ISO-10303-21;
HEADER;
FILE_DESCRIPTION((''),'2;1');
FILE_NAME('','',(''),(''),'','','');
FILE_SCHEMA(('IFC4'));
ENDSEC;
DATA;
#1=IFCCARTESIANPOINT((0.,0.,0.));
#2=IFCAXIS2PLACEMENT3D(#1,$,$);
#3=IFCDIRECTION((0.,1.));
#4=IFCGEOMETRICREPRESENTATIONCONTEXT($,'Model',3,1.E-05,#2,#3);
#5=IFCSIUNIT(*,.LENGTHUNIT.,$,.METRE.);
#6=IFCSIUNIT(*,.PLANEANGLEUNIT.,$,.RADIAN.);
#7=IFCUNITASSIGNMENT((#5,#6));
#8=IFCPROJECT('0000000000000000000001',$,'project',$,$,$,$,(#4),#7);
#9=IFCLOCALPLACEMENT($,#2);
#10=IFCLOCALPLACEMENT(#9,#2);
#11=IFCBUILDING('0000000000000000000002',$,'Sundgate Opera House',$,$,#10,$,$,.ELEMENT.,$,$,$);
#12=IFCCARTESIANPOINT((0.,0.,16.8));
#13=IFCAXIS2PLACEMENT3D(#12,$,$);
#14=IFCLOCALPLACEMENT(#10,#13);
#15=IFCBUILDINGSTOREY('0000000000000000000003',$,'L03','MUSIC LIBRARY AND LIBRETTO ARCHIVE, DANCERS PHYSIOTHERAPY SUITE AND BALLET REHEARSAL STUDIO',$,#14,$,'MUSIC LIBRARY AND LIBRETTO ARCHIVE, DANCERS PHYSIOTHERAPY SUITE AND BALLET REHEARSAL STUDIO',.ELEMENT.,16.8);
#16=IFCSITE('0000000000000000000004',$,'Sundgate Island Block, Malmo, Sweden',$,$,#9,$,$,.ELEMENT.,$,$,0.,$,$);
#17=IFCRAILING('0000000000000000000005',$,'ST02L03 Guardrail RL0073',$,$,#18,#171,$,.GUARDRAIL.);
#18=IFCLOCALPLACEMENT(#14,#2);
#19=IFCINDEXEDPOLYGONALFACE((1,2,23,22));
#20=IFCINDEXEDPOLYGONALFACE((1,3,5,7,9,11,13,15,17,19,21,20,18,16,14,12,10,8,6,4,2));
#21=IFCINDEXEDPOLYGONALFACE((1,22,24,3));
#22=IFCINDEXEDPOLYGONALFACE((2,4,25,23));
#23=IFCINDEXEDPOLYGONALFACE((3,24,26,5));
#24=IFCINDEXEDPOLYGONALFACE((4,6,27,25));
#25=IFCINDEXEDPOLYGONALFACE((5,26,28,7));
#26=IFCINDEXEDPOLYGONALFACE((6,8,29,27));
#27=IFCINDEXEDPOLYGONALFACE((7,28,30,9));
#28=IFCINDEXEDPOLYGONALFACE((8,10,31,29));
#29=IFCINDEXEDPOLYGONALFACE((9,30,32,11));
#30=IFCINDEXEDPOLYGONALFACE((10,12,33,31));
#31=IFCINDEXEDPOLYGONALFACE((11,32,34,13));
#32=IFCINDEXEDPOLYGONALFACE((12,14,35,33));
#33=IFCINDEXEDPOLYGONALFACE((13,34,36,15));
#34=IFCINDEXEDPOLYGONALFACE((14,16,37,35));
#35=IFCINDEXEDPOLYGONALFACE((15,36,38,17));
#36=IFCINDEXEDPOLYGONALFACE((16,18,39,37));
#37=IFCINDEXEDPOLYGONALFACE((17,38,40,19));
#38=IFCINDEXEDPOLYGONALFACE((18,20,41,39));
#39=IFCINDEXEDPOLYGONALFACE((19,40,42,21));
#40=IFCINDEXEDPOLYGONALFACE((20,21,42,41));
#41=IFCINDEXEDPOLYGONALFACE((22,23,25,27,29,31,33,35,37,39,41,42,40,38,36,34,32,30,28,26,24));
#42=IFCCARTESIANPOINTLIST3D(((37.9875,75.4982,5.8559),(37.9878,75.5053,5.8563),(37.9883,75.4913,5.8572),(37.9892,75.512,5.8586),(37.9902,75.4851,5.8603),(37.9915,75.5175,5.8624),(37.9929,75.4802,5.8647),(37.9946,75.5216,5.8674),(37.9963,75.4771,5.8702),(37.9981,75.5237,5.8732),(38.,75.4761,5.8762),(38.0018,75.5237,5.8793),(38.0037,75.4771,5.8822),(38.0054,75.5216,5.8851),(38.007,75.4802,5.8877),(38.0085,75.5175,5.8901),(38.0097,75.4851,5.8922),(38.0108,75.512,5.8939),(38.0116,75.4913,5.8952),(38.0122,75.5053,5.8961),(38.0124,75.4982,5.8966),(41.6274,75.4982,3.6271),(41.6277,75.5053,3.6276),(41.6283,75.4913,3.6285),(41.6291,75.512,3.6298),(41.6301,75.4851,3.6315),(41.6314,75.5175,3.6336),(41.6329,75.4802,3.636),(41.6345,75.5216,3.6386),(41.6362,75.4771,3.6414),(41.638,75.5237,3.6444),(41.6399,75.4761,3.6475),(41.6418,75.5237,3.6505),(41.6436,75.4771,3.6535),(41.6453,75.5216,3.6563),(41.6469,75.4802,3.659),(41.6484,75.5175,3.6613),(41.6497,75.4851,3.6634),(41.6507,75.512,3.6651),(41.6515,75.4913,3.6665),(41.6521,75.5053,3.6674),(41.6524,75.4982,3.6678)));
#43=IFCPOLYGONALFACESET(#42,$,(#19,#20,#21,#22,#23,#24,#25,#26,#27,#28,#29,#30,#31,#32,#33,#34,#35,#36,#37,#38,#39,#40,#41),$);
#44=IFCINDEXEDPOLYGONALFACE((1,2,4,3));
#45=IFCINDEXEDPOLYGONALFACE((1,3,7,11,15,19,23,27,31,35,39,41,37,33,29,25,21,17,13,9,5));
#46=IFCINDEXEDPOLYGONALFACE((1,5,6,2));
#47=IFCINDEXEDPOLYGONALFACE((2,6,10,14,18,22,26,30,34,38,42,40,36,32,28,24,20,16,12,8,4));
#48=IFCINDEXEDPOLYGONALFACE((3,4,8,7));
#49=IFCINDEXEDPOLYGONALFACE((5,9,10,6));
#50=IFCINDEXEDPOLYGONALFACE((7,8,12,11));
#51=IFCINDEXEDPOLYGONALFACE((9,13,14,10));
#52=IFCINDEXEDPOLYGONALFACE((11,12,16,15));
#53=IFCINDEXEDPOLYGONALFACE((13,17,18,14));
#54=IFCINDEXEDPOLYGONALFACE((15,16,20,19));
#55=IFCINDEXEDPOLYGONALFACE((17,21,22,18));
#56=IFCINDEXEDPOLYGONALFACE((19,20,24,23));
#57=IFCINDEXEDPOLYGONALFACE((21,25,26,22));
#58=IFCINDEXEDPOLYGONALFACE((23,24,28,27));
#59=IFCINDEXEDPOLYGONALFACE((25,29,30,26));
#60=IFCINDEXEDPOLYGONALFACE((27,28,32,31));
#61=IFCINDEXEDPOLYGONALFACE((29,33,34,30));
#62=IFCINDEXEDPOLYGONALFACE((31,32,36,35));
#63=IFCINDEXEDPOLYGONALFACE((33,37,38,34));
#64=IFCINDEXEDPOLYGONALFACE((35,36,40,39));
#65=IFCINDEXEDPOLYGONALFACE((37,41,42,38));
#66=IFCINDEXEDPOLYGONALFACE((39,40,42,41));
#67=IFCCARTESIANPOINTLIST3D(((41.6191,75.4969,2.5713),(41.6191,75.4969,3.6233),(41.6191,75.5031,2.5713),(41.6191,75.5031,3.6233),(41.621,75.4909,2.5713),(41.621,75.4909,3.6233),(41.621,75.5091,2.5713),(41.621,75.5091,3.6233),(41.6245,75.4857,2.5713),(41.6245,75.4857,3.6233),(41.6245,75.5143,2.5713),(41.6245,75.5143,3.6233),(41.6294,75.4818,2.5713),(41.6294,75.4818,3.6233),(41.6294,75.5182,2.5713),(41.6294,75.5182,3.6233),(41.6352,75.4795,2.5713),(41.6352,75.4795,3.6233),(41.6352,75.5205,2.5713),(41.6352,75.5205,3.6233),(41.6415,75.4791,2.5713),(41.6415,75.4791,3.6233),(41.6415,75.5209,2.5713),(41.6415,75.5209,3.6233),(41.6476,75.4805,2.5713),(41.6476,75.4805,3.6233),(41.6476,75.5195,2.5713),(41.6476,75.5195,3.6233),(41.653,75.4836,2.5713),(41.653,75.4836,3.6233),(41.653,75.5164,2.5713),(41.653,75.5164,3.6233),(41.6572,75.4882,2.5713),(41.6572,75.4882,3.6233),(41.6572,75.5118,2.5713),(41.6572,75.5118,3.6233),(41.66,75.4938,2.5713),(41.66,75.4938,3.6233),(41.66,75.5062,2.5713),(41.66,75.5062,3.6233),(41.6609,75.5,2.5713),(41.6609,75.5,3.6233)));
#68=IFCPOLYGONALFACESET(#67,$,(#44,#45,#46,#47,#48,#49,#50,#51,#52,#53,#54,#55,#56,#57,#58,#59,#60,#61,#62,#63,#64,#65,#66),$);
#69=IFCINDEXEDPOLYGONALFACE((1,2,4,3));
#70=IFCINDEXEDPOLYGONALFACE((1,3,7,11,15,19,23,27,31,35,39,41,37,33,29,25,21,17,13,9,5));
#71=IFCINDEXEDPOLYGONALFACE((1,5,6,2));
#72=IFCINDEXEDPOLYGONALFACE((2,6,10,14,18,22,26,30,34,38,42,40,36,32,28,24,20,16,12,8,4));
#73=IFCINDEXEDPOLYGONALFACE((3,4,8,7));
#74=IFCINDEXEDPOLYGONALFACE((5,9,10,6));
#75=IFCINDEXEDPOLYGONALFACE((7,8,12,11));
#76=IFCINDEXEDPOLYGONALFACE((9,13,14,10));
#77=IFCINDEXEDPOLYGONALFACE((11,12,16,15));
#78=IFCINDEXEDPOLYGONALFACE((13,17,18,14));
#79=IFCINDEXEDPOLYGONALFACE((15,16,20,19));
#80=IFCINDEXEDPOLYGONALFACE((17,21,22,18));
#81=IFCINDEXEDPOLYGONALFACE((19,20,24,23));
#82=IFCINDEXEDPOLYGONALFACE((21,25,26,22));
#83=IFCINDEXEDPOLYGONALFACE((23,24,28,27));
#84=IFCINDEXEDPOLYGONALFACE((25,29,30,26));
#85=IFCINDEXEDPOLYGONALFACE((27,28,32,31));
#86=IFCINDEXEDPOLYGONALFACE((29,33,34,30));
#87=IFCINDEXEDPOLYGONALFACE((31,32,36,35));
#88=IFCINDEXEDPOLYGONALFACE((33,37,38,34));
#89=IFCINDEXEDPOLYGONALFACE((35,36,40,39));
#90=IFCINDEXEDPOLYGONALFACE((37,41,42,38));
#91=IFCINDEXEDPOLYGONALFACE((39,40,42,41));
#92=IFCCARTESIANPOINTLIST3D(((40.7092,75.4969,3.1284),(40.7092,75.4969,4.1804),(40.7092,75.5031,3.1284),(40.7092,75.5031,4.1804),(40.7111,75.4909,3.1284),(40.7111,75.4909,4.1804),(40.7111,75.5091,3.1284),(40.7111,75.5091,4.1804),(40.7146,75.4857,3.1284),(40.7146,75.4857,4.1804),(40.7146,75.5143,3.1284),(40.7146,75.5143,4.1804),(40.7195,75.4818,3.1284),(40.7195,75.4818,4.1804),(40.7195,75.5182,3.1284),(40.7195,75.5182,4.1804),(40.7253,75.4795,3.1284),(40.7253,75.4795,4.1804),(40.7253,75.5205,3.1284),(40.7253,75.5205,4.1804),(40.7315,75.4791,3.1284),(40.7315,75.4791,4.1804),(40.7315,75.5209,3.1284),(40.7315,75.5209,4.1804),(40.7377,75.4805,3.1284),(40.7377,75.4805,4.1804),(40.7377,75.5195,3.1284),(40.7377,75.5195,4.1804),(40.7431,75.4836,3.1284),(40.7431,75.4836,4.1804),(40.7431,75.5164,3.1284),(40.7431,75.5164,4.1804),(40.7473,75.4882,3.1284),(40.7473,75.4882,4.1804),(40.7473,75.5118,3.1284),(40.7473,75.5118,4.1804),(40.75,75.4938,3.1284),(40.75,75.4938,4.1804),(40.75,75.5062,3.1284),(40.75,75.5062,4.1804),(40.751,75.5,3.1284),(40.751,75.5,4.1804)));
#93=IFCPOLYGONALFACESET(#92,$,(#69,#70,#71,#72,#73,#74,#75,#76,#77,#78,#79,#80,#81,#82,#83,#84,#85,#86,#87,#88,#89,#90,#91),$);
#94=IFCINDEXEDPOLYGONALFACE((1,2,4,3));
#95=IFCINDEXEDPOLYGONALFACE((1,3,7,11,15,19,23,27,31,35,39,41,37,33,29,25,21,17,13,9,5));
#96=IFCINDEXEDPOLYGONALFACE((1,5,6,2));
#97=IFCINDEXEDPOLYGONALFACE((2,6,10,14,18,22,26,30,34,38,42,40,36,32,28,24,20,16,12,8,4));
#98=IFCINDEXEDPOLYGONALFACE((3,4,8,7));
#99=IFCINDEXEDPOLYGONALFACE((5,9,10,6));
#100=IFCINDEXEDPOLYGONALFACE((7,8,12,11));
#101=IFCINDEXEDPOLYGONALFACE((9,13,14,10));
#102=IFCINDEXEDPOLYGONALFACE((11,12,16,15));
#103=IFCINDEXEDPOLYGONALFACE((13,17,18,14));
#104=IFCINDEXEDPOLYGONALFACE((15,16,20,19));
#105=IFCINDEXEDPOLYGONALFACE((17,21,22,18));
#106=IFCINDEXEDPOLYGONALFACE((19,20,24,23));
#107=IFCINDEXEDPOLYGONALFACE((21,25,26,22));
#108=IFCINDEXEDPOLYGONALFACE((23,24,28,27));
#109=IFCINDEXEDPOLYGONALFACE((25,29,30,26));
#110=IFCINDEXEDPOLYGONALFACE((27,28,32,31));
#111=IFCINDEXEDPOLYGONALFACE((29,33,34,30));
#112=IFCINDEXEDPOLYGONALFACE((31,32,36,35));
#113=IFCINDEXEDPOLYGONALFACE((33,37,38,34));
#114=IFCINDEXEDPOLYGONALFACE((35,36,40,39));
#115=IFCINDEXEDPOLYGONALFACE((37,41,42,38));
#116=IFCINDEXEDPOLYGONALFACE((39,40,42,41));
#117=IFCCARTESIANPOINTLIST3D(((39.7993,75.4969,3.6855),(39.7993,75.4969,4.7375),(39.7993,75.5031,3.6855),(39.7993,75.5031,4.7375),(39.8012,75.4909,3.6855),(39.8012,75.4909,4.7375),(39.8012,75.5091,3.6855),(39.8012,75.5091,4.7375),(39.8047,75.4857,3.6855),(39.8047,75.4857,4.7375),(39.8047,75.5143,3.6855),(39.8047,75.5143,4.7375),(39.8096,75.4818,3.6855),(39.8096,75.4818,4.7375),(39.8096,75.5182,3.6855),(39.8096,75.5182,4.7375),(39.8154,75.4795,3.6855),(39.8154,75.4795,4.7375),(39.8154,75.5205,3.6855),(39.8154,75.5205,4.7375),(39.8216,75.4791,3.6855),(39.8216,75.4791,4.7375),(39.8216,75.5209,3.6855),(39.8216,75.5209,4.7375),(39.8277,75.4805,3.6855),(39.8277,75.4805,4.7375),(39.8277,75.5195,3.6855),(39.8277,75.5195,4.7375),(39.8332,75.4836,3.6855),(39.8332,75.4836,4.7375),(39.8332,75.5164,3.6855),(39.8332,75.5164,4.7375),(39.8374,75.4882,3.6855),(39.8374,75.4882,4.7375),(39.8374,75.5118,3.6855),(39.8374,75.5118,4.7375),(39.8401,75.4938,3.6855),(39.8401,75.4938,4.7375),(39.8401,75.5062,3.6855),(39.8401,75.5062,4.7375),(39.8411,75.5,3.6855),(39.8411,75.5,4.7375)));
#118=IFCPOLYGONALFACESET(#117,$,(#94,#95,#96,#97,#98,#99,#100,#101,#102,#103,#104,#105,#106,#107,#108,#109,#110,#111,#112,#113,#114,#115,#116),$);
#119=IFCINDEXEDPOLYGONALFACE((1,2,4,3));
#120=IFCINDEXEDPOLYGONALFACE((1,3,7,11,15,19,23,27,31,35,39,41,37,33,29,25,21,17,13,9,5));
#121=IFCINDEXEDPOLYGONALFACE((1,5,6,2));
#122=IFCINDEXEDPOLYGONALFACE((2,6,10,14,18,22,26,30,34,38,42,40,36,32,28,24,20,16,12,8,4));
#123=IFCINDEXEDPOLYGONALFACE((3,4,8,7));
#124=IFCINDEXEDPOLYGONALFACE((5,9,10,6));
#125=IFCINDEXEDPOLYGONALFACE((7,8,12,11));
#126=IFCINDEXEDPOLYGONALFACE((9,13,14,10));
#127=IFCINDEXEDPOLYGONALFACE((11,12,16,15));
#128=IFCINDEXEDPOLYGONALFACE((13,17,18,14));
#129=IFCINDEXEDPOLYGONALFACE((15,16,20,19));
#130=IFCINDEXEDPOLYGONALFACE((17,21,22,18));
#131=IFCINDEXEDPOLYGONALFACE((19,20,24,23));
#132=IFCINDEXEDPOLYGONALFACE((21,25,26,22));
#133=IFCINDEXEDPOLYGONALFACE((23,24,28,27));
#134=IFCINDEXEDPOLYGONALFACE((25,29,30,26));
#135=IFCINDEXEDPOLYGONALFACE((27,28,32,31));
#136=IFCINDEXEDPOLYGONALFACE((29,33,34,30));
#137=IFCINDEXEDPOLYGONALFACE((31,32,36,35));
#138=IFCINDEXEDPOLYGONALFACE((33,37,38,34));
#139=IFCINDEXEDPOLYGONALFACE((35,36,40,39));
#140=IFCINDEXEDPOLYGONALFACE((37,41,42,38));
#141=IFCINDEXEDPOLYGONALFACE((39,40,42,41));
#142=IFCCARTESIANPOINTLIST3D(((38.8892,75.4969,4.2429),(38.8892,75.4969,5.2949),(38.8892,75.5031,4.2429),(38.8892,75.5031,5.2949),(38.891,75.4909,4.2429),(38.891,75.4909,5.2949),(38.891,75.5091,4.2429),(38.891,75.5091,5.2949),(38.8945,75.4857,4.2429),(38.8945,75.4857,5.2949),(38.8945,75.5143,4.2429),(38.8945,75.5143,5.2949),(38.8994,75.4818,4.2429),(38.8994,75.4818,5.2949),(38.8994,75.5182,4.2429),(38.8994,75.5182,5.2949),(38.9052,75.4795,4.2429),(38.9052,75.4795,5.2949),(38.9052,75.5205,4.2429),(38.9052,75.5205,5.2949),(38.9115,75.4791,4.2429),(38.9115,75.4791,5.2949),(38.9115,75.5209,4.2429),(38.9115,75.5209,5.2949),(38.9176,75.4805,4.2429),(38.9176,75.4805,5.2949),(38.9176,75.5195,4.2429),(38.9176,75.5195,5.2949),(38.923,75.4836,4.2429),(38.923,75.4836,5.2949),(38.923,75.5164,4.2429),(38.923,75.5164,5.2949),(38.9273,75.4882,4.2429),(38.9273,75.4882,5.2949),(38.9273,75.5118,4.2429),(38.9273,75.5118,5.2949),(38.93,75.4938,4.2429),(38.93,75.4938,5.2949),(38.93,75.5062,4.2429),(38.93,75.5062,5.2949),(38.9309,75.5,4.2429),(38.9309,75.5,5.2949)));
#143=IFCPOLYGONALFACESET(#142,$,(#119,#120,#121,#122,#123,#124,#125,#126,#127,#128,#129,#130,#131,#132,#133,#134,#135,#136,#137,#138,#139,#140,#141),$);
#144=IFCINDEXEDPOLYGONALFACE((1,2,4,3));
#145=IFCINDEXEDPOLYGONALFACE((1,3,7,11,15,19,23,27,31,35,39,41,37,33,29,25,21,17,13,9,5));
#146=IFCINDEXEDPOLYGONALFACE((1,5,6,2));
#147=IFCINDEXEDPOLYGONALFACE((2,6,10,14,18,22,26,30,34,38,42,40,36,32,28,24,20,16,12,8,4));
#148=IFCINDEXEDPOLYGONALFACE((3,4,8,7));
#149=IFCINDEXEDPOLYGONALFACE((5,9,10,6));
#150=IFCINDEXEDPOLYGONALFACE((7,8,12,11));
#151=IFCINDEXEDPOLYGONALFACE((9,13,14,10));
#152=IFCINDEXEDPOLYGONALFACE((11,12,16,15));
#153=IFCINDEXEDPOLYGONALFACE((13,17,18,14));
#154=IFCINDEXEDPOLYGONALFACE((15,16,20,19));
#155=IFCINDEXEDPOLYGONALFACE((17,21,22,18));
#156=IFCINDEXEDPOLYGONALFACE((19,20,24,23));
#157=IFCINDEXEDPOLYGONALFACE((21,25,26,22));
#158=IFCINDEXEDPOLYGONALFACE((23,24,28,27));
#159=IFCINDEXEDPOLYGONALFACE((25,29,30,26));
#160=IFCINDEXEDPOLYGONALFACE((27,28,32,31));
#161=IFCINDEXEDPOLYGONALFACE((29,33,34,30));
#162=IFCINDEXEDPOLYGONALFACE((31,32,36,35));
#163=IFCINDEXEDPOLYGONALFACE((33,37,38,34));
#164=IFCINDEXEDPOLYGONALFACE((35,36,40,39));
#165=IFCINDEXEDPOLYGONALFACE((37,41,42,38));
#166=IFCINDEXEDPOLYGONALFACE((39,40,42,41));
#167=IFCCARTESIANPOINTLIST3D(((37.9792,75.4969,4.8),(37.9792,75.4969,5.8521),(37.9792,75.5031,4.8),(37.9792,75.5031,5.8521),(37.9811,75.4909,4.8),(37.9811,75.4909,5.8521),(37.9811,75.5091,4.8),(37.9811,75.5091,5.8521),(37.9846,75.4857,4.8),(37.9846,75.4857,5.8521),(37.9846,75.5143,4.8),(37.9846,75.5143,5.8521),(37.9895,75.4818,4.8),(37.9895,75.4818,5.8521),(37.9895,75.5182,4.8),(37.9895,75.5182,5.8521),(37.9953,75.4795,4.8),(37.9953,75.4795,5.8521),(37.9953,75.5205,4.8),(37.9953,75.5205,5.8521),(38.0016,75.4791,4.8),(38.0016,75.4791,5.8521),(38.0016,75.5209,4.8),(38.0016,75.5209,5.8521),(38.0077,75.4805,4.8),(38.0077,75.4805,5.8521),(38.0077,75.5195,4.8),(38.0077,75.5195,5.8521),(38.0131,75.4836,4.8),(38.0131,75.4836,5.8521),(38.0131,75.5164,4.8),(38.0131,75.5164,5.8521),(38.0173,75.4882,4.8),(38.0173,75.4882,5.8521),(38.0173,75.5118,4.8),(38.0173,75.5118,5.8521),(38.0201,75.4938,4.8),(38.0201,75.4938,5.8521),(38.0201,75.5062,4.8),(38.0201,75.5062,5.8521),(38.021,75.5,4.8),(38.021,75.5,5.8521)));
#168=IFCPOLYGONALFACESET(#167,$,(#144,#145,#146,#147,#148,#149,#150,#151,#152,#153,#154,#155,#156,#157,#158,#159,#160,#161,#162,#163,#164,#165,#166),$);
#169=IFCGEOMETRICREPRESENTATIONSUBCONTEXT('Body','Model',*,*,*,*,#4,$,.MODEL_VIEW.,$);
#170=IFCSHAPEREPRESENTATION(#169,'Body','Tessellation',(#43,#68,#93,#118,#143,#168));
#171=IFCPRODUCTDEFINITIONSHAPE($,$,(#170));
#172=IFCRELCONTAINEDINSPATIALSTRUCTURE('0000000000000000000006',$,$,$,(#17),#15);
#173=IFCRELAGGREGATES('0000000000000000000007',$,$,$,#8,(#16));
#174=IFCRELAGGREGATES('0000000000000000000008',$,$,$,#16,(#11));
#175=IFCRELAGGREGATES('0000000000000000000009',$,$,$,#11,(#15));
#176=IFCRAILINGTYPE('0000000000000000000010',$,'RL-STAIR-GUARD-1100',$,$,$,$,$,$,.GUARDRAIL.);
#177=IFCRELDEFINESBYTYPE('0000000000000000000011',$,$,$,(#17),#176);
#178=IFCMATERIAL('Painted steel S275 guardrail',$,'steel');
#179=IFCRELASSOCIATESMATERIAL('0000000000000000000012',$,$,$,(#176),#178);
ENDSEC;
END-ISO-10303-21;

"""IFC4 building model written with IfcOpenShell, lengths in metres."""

from ifc_helpers import new_model, si_unit, direction, frame, origin, origin_2d, place, context, subcontext, project, spatial, circle, extrude, material, type_object, element, save


model = new_model("IFC4")

# Units and contexts
model_context = context("Model", 3, precision=1e-05, world=origin(), true_north=direction((0.0, 1.0)))
body_context = subcontext(model_context, "Body", "Model", "MODEL_VIEW")
ifc_project = project(units=[si_unit("LENGTHUNIT", "METRE"), si_unit("PLANEANGLEUNIT", "RADIAN")], contexts=[model_context])

# Site, building, storey
site_placement = place(None, origin())
site = spatial("IfcSite", under=ifc_project, at=site_placement, Name="Sundgate Island Block, Malmo, Sweden", CompositionType="ELEMENT", RefElevation=0.0)
building_placement = place(site_placement, origin())
building = spatial("IfcBuilding", under=site, at=building_placement, Name="Sundgate Opera House", CompositionType="ELEMENT")
storey_placement = place(building_placement, frame((0.0, 0.0, 16.8)))
storey = spatial("IfcBuildingStorey", under=building, at=storey_placement, Name="L03", Description="MUSIC LIBRARY AND LIBRETTO ARCHIVE, DANCERS PHYSIOTHERAPY SUITE AND BALLET REHEARSAL STUDIO", LongName="MUSIC LIBRARY AND LIBRETTO ARCHIVE, DANCERS PHYSIOTHERAPY SUITE AND BALLET REHEARSAL STUDIO", CompositionType="ELEMENT", Elevation=16.8)

# Railing
ifc_material_1 = material(Name="Painted steel S275 guardrail", Category="steel")
railing_type_1 = type_object("IfcRailingType", Name="RL-STAIR-GUARD-1100", PredefinedType="GUARDRAIL", material=ifc_material_1)
railing_1_placement = place(storey_placement, frame((41.6399, 75.5, 2.5713)))
element("IfcRailing", 1, at=railing_1_placement, inside=storey, type_object=railing_type_1, Name="ST02L03 Guardrail RL0073", PredefinedType="GUARDRAIL", context=body_context, shape_type="SweptSolid", body=[
    extrude(circle(Radius=0.0239, at=origin_2d()), frame((0.0, 0.0, 1.0762), z_axis=(-0.852825, 0.0, 0.522197), x_axis=(0.0, -1.0, 0.0)), (0.0, 0.0, 1.0), 4.2681),
    extrude(circle(Radius=0.021, at=origin_2d()), origin(), (0.0, 0.0, 1.0), 1.052),
    extrude(circle(Radius=0.021, at=origin_2d()), frame((-0.9099, 0.0, 0.5571)), (0.0, 0.0, 1.0), 1.052),
    extrude(circle(Radius=0.021, at=origin_2d()), frame((-1.8198, 0.0, 1.1143)), (0.0, 0.0, 1.0), 1.052),
    extrude(circle(Radius=0.021, at=origin_2d()), frame((-2.73, 0.0, 1.6716)), (0.0, 0.0, 1.0), 1.052),
    extrude(circle(Radius=0.021, at=origin_2d()), frame((-3.6399, 0.0, 2.2288)), (0.0, 0.0, 1.0), 1.052),
])

save(model, "model.ifc")
